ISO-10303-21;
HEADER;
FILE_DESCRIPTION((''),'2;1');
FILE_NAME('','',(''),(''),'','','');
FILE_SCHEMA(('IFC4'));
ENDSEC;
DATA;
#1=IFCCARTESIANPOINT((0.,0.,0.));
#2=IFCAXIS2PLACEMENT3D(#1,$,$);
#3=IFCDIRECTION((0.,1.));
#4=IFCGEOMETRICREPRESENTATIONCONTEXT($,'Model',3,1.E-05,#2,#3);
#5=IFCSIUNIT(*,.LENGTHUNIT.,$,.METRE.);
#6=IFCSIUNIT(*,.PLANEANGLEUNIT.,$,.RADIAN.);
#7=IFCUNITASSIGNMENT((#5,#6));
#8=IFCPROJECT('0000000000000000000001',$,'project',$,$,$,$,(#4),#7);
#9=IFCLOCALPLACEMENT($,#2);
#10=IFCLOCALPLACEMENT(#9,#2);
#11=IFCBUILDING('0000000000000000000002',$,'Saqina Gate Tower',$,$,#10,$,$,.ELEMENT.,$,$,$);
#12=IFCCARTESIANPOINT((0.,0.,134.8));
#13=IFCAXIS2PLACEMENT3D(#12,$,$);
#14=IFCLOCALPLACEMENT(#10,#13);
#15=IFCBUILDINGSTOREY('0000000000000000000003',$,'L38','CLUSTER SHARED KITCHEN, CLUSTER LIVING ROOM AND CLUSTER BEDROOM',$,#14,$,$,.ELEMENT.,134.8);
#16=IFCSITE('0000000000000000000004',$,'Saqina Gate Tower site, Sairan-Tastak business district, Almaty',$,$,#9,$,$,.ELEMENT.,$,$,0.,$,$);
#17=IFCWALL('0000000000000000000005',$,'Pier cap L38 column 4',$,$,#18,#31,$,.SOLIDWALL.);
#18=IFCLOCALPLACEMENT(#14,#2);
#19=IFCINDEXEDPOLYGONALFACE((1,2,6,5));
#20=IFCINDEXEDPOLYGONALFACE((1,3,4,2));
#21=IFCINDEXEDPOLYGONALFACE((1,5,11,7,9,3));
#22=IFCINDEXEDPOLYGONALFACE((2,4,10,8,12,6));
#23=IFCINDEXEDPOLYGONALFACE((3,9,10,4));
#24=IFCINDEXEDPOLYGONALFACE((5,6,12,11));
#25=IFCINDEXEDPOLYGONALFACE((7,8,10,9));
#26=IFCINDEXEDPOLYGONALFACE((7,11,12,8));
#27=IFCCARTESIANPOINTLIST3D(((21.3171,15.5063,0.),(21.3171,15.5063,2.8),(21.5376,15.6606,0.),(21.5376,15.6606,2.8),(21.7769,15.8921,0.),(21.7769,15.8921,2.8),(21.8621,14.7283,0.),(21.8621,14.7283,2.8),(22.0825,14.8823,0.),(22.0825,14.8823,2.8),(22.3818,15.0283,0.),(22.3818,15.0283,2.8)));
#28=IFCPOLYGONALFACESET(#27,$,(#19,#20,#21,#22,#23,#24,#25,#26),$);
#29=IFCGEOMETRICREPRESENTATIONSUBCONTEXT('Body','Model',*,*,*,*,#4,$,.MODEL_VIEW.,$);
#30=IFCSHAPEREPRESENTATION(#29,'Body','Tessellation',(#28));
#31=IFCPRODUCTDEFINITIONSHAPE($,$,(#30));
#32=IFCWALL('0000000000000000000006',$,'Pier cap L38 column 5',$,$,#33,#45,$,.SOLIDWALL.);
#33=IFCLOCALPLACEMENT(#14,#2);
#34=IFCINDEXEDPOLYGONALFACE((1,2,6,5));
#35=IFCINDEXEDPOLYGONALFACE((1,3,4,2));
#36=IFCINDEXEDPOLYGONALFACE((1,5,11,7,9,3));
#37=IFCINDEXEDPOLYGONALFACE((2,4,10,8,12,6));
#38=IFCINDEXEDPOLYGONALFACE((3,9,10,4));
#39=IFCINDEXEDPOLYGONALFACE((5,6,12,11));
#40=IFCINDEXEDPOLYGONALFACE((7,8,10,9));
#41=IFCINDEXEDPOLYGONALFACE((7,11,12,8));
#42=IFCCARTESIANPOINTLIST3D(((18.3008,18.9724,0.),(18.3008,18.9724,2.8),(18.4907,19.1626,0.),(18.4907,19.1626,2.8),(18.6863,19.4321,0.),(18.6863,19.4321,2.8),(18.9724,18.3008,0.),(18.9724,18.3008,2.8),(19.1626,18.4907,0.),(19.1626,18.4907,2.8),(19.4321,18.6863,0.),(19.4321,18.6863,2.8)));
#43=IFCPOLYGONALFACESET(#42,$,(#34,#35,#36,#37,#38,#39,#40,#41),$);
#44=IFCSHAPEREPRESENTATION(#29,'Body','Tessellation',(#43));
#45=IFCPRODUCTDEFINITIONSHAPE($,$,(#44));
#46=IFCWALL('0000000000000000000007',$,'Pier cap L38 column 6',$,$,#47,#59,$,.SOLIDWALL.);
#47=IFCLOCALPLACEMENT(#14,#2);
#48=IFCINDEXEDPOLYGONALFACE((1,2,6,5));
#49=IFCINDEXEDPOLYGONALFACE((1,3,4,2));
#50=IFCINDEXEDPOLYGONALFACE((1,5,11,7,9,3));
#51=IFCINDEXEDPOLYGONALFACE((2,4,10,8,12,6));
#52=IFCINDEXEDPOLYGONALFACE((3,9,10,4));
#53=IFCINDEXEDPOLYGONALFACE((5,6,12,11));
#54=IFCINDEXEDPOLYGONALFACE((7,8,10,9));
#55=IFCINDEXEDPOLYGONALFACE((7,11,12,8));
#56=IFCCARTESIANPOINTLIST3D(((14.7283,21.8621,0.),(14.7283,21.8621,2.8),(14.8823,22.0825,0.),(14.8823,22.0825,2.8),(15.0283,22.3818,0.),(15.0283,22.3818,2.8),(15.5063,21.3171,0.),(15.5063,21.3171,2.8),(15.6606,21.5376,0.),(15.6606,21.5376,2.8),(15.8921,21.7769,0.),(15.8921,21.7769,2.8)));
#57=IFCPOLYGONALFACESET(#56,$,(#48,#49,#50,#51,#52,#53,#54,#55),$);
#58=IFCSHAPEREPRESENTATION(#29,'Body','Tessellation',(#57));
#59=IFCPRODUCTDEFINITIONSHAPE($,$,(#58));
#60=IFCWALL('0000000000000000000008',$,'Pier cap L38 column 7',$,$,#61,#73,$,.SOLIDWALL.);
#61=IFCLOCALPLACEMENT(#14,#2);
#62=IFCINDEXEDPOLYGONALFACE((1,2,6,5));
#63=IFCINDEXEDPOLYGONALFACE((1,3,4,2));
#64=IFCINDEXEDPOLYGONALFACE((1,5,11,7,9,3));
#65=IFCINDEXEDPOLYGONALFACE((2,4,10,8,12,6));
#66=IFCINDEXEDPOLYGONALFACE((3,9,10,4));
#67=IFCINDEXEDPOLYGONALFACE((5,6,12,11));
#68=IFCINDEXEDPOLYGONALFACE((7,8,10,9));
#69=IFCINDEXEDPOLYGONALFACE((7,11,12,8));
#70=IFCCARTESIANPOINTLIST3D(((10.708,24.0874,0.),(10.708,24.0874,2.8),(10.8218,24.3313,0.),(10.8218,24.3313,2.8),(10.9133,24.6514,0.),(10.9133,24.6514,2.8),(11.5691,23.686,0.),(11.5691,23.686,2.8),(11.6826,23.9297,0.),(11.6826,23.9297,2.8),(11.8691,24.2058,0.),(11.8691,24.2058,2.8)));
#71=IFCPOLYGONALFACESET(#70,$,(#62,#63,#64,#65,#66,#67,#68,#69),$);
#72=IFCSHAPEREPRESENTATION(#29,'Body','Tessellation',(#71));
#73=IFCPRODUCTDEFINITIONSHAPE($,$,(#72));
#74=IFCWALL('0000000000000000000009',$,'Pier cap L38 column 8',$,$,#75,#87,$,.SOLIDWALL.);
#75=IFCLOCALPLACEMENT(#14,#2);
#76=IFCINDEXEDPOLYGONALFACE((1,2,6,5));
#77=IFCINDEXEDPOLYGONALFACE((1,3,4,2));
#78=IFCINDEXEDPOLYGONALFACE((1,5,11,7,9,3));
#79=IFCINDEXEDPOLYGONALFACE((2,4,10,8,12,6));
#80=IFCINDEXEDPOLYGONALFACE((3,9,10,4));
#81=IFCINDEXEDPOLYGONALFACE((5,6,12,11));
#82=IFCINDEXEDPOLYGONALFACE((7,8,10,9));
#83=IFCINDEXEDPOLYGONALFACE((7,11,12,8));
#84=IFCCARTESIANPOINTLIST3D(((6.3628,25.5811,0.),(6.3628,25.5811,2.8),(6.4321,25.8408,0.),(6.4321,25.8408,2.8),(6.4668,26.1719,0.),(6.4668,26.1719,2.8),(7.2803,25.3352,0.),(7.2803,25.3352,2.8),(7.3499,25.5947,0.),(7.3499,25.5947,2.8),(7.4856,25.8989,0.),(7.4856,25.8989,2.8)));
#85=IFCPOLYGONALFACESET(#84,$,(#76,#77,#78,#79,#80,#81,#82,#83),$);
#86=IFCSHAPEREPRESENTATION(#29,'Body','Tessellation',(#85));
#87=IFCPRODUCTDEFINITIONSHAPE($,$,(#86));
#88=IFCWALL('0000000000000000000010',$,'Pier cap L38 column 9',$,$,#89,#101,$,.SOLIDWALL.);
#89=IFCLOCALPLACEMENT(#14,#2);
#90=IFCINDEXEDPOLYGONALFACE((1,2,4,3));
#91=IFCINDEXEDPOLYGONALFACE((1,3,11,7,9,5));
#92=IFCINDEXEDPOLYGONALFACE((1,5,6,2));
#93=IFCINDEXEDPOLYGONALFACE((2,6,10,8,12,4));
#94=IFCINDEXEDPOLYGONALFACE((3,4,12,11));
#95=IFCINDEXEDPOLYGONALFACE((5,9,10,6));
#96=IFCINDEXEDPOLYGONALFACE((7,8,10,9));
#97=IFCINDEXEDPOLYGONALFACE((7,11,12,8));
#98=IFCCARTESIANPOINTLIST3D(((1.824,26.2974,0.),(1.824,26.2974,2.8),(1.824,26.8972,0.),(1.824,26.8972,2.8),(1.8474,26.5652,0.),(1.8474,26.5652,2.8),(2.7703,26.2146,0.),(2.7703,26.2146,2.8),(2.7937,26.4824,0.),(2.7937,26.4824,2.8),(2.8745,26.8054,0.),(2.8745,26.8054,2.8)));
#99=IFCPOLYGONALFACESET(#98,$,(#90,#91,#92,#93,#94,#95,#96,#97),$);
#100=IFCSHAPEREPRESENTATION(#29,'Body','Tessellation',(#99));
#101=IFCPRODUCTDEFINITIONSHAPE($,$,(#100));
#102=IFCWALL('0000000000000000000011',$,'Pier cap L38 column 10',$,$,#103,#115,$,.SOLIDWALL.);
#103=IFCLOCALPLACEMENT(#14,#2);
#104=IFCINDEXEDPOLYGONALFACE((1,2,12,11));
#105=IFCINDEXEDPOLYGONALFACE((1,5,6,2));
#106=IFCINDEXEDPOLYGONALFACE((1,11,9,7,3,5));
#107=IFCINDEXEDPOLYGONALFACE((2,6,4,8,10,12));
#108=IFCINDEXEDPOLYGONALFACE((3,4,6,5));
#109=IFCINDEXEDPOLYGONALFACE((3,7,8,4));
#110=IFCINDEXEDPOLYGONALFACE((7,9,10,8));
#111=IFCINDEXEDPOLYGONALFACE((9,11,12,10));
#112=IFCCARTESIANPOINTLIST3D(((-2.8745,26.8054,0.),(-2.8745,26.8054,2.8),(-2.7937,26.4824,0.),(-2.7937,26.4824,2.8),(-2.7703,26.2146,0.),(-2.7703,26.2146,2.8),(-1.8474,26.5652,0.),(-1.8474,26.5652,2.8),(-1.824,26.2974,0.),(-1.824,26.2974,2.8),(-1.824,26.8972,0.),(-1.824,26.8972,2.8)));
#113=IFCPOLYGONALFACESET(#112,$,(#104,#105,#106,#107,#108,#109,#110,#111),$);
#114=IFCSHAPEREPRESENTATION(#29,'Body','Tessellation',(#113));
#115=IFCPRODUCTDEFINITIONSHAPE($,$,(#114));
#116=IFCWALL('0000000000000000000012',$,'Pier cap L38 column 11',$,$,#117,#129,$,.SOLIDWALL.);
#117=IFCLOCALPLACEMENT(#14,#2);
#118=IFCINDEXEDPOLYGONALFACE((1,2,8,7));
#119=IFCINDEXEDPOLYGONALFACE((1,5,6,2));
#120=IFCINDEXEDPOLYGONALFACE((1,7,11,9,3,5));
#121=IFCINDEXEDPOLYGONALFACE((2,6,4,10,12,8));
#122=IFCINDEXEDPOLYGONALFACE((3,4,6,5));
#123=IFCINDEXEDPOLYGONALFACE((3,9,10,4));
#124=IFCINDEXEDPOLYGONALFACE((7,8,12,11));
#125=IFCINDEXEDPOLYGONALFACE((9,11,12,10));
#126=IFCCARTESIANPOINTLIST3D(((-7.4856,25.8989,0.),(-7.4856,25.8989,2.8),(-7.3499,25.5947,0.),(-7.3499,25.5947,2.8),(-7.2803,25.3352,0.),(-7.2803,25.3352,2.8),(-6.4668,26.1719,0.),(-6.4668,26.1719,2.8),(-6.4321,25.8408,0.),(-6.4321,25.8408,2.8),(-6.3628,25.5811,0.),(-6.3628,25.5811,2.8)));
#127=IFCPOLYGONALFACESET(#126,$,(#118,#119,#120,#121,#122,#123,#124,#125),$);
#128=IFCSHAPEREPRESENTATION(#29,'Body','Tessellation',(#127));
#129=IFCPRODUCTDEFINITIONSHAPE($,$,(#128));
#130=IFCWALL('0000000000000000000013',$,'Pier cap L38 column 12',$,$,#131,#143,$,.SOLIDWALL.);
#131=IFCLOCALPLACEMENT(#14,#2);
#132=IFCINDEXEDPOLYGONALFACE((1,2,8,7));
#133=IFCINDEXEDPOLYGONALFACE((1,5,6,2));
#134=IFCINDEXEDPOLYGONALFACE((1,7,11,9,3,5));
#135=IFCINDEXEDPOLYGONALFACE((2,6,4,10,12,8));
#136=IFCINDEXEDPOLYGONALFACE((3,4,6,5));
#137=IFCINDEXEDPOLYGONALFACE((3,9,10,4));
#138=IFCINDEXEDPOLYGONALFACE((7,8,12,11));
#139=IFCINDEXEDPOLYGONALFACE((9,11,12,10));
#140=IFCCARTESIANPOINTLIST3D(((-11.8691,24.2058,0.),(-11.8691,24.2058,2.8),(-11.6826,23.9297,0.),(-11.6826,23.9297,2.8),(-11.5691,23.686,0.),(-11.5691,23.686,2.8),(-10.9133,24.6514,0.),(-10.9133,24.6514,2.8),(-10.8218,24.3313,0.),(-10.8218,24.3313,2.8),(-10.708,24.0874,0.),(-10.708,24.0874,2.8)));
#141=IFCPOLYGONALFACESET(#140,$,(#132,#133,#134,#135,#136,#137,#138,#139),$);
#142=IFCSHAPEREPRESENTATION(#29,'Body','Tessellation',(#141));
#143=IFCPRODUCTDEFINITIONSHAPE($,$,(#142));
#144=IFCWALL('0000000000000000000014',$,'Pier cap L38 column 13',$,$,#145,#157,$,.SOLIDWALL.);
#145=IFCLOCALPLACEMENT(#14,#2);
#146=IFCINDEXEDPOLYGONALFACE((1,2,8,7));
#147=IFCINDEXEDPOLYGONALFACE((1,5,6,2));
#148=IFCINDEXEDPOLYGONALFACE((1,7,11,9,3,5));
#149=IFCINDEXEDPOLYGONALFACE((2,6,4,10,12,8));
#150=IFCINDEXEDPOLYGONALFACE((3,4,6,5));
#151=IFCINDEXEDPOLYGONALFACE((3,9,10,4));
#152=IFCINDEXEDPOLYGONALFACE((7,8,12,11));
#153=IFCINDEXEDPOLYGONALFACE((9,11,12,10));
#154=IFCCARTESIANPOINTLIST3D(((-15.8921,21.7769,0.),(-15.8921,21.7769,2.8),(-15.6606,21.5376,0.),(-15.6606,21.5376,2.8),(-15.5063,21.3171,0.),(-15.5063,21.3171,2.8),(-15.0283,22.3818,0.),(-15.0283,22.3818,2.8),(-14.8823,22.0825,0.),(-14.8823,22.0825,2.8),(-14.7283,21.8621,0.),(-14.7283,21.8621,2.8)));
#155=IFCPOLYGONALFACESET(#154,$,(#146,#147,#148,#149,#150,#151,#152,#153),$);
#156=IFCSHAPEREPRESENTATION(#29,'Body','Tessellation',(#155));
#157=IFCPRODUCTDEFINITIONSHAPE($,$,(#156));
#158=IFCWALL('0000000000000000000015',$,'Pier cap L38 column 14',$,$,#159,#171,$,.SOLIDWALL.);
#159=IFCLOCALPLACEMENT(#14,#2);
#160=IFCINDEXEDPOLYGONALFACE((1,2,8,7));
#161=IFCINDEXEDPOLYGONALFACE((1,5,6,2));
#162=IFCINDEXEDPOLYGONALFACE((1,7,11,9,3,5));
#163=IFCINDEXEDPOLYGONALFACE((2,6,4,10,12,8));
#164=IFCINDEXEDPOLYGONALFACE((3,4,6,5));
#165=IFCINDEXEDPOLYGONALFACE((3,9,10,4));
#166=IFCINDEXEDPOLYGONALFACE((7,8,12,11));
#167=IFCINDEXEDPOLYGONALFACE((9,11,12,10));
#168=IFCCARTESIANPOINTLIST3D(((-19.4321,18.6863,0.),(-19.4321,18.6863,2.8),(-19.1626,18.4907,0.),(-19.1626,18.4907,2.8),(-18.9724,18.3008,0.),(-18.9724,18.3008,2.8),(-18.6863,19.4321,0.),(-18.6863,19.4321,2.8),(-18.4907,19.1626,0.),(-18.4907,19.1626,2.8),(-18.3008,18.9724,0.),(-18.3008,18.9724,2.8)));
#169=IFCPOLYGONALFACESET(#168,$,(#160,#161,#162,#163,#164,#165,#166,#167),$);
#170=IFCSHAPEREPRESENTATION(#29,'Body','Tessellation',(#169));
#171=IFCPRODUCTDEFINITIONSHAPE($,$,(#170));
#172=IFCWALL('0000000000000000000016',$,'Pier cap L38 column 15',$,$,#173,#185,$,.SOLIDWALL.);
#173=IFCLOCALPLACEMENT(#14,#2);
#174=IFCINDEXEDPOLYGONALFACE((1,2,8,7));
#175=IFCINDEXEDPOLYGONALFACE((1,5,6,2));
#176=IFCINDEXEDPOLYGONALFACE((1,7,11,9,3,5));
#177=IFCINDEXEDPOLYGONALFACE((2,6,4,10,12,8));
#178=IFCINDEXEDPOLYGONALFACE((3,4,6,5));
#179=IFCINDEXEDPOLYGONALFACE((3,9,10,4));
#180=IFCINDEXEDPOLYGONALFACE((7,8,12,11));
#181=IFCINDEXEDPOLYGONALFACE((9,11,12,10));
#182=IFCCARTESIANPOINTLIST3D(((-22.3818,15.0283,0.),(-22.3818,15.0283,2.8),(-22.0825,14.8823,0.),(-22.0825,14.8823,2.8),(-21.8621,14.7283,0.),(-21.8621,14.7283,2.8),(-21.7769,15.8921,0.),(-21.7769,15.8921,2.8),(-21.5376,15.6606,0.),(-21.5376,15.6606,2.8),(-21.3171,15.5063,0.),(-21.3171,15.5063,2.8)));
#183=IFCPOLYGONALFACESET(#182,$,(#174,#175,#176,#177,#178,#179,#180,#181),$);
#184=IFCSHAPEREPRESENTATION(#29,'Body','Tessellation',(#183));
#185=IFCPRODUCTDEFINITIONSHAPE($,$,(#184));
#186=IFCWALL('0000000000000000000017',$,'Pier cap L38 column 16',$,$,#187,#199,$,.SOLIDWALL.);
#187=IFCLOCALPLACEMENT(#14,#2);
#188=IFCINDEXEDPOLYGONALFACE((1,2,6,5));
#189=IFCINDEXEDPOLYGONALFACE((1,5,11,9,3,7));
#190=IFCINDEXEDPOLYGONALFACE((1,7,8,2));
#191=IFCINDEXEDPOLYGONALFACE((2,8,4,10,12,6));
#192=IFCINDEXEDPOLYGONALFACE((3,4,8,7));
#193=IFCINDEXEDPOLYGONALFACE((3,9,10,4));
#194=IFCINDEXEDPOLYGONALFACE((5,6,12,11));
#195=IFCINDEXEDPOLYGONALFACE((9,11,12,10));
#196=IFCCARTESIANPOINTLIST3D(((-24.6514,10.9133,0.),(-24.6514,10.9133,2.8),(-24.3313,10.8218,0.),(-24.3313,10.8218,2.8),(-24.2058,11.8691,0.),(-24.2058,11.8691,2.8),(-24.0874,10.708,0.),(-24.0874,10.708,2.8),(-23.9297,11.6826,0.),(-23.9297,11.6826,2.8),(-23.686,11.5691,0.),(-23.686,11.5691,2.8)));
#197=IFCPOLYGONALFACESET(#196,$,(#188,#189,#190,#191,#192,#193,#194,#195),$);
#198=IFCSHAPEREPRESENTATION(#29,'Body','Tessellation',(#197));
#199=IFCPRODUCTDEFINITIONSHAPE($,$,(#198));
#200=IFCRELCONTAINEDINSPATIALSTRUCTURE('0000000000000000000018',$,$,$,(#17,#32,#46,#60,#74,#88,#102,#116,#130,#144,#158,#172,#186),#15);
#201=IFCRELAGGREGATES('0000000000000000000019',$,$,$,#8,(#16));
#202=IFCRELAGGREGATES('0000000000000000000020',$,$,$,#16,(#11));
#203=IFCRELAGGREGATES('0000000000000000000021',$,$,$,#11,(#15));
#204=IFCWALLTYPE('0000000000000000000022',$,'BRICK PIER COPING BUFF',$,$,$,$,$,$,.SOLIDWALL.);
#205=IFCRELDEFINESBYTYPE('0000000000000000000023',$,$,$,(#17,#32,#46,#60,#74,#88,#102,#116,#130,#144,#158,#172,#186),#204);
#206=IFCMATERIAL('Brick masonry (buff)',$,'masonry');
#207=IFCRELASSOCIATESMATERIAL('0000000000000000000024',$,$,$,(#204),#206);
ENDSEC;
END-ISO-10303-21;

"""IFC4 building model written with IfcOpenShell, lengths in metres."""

from ifc_helpers import new_model, si_unit, direction, frame, origin, place, context, subcontext, project, spatial, polyline, outline, extrude, material, type_object, element, save


model = new_model("IFC4")

# Units and contexts
model_context = context("Model", 3, precision=1e-05, world=origin(), true_north=direction((0.0, 1.0)))
body_context = subcontext(model_context, "Body", "Model", "MODEL_VIEW")
ifc_project = project(units=[si_unit("LENGTHUNIT", "METRE"), si_unit("PLANEANGLEUNIT", "RADIAN")], contexts=[model_context])

# Site, building, storey
site_placement = place(None, origin())
site = spatial("IfcSite", under=ifc_project, at=site_placement, Name="Saqina Gate Tower site, Sairan-Tastak business district, Almaty", CompositionType="ELEMENT", RefElevation=0.0)
building_placement = place(site_placement, origin())
building = spatial("IfcBuilding", under=site, at=building_placement, Name="Saqina Gate Tower", CompositionType="ELEMENT")
storey_placement = place(building_placement, frame((0.0, 0.0, 134.8)))
storey = spatial("IfcBuildingStorey", under=building, at=storey_placement, Name="L38", Description="CLUSTER SHARED KITCHEN, CLUSTER LIVING ROOM AND CLUSTER BEDROOM", CompositionType="ELEMENT", Elevation=134.8)

# Walls
ifc_material_1 = material(Name="Brick masonry (buff)", Category="masonry")
wall_type_1 = type_object("IfcWallType", Name="BRICK PIER COPING BUFF", PredefinedType="SOLIDWALL", material=ifc_material_1)
wall_1_placement = place(storey_placement, origin())
element("IfcWall", 1, at=wall_1_placement, inside=storey, type_object=wall_type_1, Name="Pier cap L38 column 4", PredefinedType="SOLIDWALL", context=body_context, shape_type="SweptSolid", body=[
    extrude(outline(polyline([(21.7769, 15.8921), (21.3171, 15.5063), (21.5376, 15.6606), (22.0825, 14.8823), (21.8621, 14.7283), (22.3818, 15.0283), (21.7769, 15.8921)])), origin(), (0.0, 0.0, 1.0), 2.8),
])
wall_2_placement = place(storey_placement, origin())
element("IfcWall", 2, at=wall_2_placement, inside=storey, type_object=wall_type_1, Name="Pier cap L38 column 5", PredefinedType="SOLIDWALL", context=body_context, shape_type="SweptSolid", body=[
    extrude(outline(polyline([(19.4321, 18.6863), (18.6863, 19.4321), (18.3008, 18.9724), (18.4907, 19.1626), (19.1626, 18.4907), (18.9724, 18.3008), (19.4321, 18.6863)])), origin(), (0.0, 0.0, 1.0), 2.8),
])
wall_3_placement = place(storey_placement, origin())
element("IfcWall", 3, at=wall_3_placement, inside=storey, type_object=wall_type_1, Name="Pier cap L38 column 6", PredefinedType="SOLIDWALL", context=body_context, shape_type="SweptSolid", body=[
    extrude(outline(polyline([(15.0283, 22.3818), (14.7283, 21.8621), (14.8823, 22.0825), (15.6606, 21.5376), (15.5063, 21.3171), (15.8921, 21.7769), (15.0283, 22.3818)])), origin(), (0.0, 0.0, 1.0), 2.8),
])
wall_4_placement = place(storey_placement, origin())
element("IfcWall", 4, at=wall_4_placement, inside=storey, type_object=wall_type_1, Name="Pier cap L38 column 7", PredefinedType="SOLIDWALL", context=body_context, shape_type="SweptSolid", body=[
    extrude(outline(polyline([(10.9133, 24.6514), (10.708, 24.0874), (10.8218, 24.3313), (11.6826, 23.9297), (11.5691, 23.686), (11.8691, 24.2058), (10.9133, 24.6514)])), origin(), (0.0, 0.0, 1.0), 2.8),
])
wall_5_placement = place(storey_placement, origin())
element("IfcWall", 5, at=wall_5_placement, inside=storey, type_object=wall_type_1, Name="Pier cap L38 column 8", PredefinedType="SOLIDWALL", context=body_context, shape_type="SweptSolid", body=[
    extrude(outline(polyline([(7.4856, 25.8989), (6.4668, 26.1719), (6.3628, 25.5811), (6.4321, 25.8408), (7.3499, 25.5947), (7.2803, 25.3352), (7.4856, 25.8989)])), origin(), (0.0, 0.0, 1.0), 2.8),
])
wall_6_placement = place(storey_placement, origin())
element("IfcWall", 6, at=wall_6_placement, inside=storey, type_object=wall_type_1, Name="Pier cap L38 column 9", PredefinedType="SOLIDWALL", context=body_context, shape_type="SweptSolid", body=[
    extrude(outline(polyline([(2.8745, 26.8054), (1.824, 26.8972), (1.824, 26.2974), (1.8474, 26.5652), (2.7937, 26.4824), (2.7703, 26.2146), (2.8745, 26.8054)])), origin(), (0.0, 0.0, 1.0), 2.8),
])
wall_7_placement = place(storey_placement, origin())
element("IfcWall", 7, at=wall_7_placement, inside=storey, type_object=wall_type_1, Name="Pier cap L38 column 10", PredefinedType="SOLIDWALL", context=body_context, shape_type="SweptSolid", body=[
    extrude(outline(polyline([(-2.8745, 26.8054), (-2.7703, 26.2146), (-2.7937, 26.4824), (-1.8474, 26.5652), (-1.824, 26.2974), (-1.824, 26.8972), (-2.8745, 26.8054)])), origin(), (0.0, 0.0, 1.0), 2.8),
])
wall_8_placement = place(storey_placement, origin())
element("IfcWall", 8, at=wall_8_placement, inside=storey, type_object=wall_type_1, Name="Pier cap L38 column 11", PredefinedType="SOLIDWALL", context=body_context, shape_type="SweptSolid", body=[
    extrude(outline(polyline([(-6.4668, 26.1719), (-7.4856, 25.8989), (-7.2803, 25.3352), (-7.3499, 25.5947), (-6.4321, 25.8408), (-6.3628, 25.5811), (-6.4668, 26.1719)])), origin(), (0.0, 0.0, 1.0), 2.8),
])
wall_9_placement = place(storey_placement, origin())
element("IfcWall", 9, at=wall_9_placement, inside=storey, type_object=wall_type_1, Name="Pier cap L38 column 12", PredefinedType="SOLIDWALL", context=body_context, shape_type="SweptSolid", body=[
    extrude(outline(polyline([(-10.9133, 24.6514), (-11.8691, 24.2058), (-11.5691, 23.686), (-11.6826, 23.9297), (-10.8218, 24.3313), (-10.708, 24.0874), (-10.9133, 24.6514)])), origin(), (0.0, 0.0, 1.0), 2.8),
])
wall_10_placement = place(storey_placement, origin())
element("IfcWall", 10, at=wall_10_placement, inside=storey, type_object=wall_type_1, Name="Pier cap L38 column 13", PredefinedType="SOLIDWALL", context=body_context, shape_type="SweptSolid", body=[
    extrude(outline(polyline([(-15.8921, 21.7769), (-15.5063, 21.3171), (-15.6606, 21.5376), (-14.8823, 22.0825), (-14.7283, 21.8621), (-15.0283, 22.3818), (-15.8921, 21.7769)])), origin(), (0.0, 0.0, 1.0), 2.8),
])
wall_11_placement = place(storey_placement, origin())
element("IfcWall", 11, at=wall_11_placement, inside=storey, type_object=wall_type_1, Name="Pier cap L38 column 14", PredefinedType="SOLIDWALL", context=body_context, shape_type="SweptSolid", body=[
    extrude(outline(polyline([(-18.6863, 19.4321), (-19.4321, 18.6863), (-18.9724, 18.3008), (-19.1626, 18.4907), (-18.4907, 19.1626), (-18.3008, 18.9724), (-18.6863, 19.4321)])), origin(), (0.0, 0.0, 1.0), 2.8),
])
wall_12_placement = place(storey_placement, origin())
element("IfcWall", 12, at=wall_12_placement, inside=storey, type_object=wall_type_1, Name="Pier cap L38 column 15", PredefinedType="SOLIDWALL", context=body_context, shape_type="SweptSolid", body=[
    extrude(outline(polyline([(-22.3818, 15.0283), (-21.8621, 14.7283), (-22.0825, 14.8823), (-21.5376, 15.6606), (-21.3171, 15.5063), (-21.7769, 15.8921), (-22.3818, 15.0283)])), origin(), (0.0, 0.0, 1.0), 2.8),
])
wall_13_placement = place(storey_placement, origin())
element("IfcWall", 13, at=wall_13_placement, inside=storey, type_object=wall_type_1, Name="Pier cap L38 column 16", PredefinedType="SOLIDWALL", context=body_context, shape_type="SweptSolid", body=[
    extrude(outline(polyline([(-24.6514, 10.9133), (-24.0874, 10.708), (-24.3313, 10.8218), (-23.9297, 11.6826), (-23.686, 11.5691), (-24.2058, 11.8691), (-24.6514, 10.9133)])), origin(), (0.0, 0.0, 1.0), 2.8),
])

save(model, "model.ifc")
